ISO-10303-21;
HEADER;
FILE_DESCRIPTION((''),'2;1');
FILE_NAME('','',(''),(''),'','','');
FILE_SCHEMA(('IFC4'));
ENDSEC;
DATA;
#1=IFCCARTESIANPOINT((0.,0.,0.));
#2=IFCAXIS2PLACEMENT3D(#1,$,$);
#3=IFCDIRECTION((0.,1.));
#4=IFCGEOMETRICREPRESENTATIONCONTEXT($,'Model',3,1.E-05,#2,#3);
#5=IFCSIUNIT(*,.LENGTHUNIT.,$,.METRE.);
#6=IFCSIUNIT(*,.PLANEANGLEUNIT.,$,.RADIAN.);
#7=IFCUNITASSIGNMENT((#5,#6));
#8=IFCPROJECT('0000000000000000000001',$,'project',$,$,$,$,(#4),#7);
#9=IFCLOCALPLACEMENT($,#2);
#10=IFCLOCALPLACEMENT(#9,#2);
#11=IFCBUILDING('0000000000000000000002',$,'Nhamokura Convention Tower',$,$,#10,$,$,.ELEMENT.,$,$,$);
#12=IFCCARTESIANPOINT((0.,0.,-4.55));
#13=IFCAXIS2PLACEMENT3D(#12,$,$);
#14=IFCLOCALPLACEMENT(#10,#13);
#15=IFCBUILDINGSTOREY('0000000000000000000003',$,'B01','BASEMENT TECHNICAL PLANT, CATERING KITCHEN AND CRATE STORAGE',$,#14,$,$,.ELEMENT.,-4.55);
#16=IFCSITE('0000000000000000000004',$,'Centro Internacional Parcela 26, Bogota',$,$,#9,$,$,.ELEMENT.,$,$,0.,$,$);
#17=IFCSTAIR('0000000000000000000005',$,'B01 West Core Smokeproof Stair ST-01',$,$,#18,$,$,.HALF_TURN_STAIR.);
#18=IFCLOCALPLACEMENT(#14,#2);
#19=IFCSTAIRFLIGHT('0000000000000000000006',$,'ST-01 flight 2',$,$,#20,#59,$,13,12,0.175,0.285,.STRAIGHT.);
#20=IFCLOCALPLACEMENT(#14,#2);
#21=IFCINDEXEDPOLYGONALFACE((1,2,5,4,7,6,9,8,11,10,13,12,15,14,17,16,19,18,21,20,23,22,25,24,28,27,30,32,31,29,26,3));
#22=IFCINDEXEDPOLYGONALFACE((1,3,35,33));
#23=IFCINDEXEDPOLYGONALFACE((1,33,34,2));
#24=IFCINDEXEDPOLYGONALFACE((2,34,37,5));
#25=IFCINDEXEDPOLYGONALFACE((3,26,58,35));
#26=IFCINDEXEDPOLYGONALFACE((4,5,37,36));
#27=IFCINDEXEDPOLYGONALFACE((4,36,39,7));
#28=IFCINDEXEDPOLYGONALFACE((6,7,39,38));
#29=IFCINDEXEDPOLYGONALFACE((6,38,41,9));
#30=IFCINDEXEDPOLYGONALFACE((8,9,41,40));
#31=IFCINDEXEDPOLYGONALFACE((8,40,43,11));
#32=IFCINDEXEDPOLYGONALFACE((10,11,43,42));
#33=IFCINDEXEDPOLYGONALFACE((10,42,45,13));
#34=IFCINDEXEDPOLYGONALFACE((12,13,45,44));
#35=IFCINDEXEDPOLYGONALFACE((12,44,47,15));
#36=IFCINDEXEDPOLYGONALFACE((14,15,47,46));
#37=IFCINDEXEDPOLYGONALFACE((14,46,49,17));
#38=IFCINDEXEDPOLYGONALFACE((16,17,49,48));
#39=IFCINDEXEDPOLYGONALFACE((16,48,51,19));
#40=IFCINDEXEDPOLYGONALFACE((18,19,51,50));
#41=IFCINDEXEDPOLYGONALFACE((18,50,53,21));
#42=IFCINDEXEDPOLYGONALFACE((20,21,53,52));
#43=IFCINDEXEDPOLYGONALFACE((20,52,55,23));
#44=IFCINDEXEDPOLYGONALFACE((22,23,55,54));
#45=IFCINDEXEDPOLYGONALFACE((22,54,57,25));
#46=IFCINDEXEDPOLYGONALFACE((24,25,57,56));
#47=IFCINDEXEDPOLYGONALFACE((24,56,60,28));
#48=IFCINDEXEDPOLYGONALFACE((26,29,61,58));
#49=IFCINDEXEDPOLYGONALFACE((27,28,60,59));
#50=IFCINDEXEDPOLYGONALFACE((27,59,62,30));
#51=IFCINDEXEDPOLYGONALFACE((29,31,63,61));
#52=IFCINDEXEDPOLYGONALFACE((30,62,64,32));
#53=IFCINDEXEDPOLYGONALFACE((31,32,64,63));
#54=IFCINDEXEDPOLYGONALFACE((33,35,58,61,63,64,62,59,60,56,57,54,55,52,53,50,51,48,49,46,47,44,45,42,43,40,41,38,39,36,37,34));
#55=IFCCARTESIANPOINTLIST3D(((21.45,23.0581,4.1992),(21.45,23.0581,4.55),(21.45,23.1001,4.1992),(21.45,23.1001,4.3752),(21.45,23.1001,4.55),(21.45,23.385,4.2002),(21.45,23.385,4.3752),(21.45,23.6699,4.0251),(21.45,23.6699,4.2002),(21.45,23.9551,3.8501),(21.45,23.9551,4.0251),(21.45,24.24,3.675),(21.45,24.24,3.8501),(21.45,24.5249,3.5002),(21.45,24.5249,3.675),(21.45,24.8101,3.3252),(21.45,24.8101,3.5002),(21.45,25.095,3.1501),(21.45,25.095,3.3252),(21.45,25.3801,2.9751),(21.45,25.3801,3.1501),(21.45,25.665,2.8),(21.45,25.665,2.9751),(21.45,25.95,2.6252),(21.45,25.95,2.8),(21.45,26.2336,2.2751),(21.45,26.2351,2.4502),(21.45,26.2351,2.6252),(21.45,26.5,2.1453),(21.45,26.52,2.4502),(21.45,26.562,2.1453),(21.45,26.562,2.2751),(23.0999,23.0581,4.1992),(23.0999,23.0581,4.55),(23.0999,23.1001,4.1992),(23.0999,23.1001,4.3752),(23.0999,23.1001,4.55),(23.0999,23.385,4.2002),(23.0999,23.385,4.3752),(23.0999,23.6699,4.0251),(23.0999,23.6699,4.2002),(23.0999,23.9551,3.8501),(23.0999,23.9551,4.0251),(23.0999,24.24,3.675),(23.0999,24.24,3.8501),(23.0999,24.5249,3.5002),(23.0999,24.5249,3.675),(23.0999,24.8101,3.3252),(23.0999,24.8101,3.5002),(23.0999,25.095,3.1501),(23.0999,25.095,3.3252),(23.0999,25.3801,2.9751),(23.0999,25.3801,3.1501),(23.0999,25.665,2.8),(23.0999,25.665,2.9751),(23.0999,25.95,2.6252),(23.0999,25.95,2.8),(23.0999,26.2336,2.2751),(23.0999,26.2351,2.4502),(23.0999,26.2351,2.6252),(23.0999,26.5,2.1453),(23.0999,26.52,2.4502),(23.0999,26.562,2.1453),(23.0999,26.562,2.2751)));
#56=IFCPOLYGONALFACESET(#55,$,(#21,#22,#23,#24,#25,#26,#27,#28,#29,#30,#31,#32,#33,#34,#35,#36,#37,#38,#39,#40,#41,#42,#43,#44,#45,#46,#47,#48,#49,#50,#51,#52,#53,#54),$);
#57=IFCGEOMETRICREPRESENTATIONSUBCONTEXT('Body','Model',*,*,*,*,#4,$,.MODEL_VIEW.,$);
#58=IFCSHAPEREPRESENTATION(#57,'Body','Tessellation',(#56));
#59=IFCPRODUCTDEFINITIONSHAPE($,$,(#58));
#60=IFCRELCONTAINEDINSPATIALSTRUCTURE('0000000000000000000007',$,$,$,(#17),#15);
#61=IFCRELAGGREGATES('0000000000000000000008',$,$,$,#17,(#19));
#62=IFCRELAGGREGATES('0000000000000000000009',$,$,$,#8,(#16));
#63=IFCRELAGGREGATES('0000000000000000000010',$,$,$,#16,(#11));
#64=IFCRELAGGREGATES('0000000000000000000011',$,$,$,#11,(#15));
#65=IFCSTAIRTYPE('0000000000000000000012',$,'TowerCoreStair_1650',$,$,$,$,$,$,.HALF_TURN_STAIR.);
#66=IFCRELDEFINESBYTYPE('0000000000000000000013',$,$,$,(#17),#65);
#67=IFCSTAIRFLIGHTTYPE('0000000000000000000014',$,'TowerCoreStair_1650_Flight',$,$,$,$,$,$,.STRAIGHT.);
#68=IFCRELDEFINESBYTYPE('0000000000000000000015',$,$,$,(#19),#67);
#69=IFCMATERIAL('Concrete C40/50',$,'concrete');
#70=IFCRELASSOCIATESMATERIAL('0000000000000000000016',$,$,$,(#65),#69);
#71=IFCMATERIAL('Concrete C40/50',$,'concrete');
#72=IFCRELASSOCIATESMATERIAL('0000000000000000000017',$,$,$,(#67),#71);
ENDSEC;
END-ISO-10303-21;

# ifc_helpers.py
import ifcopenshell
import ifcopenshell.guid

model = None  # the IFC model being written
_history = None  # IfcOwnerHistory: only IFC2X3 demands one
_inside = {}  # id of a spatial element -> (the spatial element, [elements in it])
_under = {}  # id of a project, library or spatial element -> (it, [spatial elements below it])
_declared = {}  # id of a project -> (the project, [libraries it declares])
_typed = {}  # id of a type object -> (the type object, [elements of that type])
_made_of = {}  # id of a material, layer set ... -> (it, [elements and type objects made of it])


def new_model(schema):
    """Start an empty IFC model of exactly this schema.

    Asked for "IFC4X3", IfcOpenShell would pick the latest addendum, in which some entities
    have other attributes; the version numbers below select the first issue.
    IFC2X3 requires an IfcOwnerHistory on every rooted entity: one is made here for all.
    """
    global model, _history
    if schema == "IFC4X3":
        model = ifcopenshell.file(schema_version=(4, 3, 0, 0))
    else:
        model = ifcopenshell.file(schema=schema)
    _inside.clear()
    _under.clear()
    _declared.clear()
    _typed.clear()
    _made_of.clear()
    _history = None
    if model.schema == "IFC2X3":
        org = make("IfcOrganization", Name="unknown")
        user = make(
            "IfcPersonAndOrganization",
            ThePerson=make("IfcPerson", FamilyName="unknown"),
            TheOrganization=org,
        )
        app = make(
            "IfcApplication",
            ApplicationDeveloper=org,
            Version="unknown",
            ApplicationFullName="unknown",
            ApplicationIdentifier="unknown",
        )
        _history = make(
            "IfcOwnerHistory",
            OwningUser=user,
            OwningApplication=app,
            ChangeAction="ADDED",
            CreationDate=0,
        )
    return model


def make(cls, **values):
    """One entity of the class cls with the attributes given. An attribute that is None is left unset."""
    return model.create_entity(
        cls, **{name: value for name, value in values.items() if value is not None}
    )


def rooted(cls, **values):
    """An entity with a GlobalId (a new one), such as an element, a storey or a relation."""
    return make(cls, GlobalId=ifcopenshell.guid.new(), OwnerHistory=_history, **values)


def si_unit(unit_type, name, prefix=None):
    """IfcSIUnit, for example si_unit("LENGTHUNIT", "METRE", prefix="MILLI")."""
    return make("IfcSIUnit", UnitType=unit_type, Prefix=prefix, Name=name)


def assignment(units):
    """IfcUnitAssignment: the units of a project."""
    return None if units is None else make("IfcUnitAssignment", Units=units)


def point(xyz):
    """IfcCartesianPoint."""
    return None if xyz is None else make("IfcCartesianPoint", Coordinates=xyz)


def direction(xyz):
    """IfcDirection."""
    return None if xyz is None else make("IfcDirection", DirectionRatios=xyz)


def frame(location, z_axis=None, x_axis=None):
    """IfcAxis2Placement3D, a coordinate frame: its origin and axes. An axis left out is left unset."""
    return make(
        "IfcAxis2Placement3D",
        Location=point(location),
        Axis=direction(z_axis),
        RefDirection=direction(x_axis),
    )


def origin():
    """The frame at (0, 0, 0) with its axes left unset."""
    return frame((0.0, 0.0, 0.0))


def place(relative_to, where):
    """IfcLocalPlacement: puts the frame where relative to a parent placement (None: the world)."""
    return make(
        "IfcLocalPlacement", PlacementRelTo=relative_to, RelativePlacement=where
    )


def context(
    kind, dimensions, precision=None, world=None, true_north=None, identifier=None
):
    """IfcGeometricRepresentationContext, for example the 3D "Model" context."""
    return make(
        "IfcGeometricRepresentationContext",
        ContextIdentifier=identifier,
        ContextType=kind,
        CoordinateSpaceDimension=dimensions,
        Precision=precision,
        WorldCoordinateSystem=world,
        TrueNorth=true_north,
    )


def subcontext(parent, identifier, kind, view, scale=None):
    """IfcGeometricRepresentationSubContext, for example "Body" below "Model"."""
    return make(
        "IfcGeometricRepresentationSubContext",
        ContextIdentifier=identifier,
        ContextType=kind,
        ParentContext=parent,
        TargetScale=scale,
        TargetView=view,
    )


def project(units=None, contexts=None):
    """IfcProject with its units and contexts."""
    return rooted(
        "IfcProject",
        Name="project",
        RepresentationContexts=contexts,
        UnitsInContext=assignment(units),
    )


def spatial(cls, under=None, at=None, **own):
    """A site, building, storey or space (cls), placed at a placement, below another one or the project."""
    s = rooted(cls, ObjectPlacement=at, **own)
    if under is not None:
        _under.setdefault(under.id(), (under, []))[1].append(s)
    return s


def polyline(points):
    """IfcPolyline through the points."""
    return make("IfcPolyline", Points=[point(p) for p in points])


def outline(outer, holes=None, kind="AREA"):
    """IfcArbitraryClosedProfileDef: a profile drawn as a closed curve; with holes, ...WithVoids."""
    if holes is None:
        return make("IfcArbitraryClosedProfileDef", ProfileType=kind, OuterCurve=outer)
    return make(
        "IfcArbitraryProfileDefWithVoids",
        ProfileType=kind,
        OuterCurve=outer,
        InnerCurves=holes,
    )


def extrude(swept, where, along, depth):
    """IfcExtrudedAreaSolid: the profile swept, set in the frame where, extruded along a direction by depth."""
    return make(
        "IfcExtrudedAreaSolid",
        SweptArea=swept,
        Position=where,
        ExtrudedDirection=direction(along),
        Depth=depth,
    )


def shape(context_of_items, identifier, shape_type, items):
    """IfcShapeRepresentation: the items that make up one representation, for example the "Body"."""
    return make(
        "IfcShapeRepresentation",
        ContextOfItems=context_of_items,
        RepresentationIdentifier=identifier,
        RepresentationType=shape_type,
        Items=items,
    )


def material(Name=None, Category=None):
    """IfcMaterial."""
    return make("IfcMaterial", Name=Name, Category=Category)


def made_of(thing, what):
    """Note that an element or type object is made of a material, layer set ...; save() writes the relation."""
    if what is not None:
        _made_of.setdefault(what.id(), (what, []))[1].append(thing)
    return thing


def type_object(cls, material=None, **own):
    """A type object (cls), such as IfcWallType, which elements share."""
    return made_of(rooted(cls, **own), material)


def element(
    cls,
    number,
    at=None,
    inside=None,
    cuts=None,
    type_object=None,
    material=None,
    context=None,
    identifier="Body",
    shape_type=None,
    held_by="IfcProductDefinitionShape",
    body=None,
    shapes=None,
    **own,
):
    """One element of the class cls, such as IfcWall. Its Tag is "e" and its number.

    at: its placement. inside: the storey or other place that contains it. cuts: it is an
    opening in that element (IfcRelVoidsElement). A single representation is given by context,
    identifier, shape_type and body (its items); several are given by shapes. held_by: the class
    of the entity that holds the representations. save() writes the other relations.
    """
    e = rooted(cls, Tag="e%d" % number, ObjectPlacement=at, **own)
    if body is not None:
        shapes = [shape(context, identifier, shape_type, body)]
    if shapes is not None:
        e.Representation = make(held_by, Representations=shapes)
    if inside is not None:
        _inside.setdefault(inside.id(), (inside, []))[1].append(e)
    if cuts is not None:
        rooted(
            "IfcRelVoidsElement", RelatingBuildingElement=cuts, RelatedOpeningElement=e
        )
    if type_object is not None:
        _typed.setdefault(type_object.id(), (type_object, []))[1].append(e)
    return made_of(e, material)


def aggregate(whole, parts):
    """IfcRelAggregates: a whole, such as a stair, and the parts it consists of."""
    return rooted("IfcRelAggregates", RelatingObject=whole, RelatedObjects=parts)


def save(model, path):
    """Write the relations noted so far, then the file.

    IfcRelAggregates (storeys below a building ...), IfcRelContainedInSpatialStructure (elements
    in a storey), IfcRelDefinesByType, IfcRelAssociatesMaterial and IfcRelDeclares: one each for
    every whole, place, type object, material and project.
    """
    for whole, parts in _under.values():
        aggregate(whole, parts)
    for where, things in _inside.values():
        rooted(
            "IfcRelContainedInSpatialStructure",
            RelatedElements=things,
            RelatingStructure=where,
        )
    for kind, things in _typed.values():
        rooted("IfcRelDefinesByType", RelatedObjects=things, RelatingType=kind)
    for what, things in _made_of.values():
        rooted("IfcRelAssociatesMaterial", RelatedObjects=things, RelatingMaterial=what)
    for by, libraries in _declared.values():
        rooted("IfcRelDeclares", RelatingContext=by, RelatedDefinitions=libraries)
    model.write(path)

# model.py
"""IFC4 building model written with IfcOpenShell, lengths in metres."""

from ifc_helpers import new_model, si_unit, direction, frame, origin, place, context, subcontext, project, spatial, polyline, outline, extrude, material, type_object, element, aggregate, save


model = new_model("IFC4")

# Units and contexts
model_context = context("Model", 3, precision=1e-05, world=origin(), true_north=direction((0.0, 1.0)))
body_context = subcontext(model_context, "Body", "Model", "MODEL_VIEW")
ifc_project = project(units=[si_unit("LENGTHUNIT", "METRE"), si_unit("PLANEANGLEUNIT", "RADIAN")], contexts=[model_context])

# Site, building, storey
site_placement = place(None, origin())
site = spatial("IfcSite", under=ifc_project, at=site_placement, Name="Centro Internacional Parcela 26, Bogota", CompositionType="ELEMENT", RefElevation=0.0)
building_placement = place(site_placement, origin())
building = spatial("IfcBuilding", under=site, at=building_placement, Name="Nhamokura Convention Tower", CompositionType="ELEMENT")
storey_placement = place(building_placement, frame((0.0, 0.0, -4.55)))
storey = spatial("IfcBuildingStorey", under=building, at=storey_placement, Name="B01", Description="BASEMENT TECHNICAL PLANT, CATERING KITCHEN AND CRATE STORAGE", CompositionType="ELEMENT", Elevation=-4.55)

# Stair, stair flight
ifc_material_1 = material(Name="Concrete C40/50", Category="concrete")
stair_type = type_object("IfcStairType", Name="TowerCoreStair_1650", PredefinedType="HALF_TURN_STAIR", material=ifc_material_1)
stair_placement = place(storey_placement, origin())
stair = element("IfcStair", 1, at=stair_placement, inside=storey, type_object=stair_type, Name="B01 West Core Smokeproof Stair ST-01", PredefinedType="HALF_TURN_STAIR")
ifc_material_2 = material(Name="Concrete C40/50", Category="concrete")
stair_flight_type = type_object("IfcStairFlightType", Name="TowerCoreStair_1650_Flight", PredefinedType="STRAIGHT", material=ifc_material_2)
stair_flight_placement = place(storey_placement, frame((22.2749, 26.52, 2.2751), z_axis=(0.0, 0.0, 1.0), x_axis=(0.0, -1.0, 0.0)))
stair_flight = element("IfcStairFlight", 2, at=stair_flight_placement, type_object=stair_flight_type, Name="ST-01 flight 2", NumberOfRisers=13, NumberOfTreads=12, PredefinedType="STRAIGHT", RiserHeight=0.175, TreadLength=0.285, context=body_context, shape_type="SweptSolid", body=[
    extrude(outline(polyline([(-0.042, 0.0), (0.0, 0.175), (0.2849, 0.175), (0.2849, 0.3501), (0.5701, 0.3501), (0.5701, 0.5249), (0.855, 0.5249), (0.855, 0.7), (1.1399, 0.7), (1.1399, 0.875), (1.425, 0.875), (1.425, 1.05), (1.71, 1.05), (1.71, 1.2251), (1.9951, 1.2251), (1.9951, 1.3999), (2.28, 1.3999), (2.28, 1.575), (2.5649, 1.575), (2.5649, 1.75), (2.8501, 1.75), (2.8501, 1.925), (3.135, 1.925), (3.135, 2.1001), (3.4199, 2.1001), (3.4199, 2.2749), (3.4619, 2.2749), (3.4619, 1.9241), (3.4199, 1.9241), (0.2864, 0.0), (0.02, -0.1299), (-0.042, -0.1299), (-0.042, 0.0)])), frame((0.0, 0.825, 0.0), z_axis=(0.0, -1.0, 0.0), x_axis=(1.0, 0.0, 0.0)), (0.0, 0.0, 1.0), 1.6499),
])
aggregate(stair, [stair_flight])

save(model, "model.ifc")
